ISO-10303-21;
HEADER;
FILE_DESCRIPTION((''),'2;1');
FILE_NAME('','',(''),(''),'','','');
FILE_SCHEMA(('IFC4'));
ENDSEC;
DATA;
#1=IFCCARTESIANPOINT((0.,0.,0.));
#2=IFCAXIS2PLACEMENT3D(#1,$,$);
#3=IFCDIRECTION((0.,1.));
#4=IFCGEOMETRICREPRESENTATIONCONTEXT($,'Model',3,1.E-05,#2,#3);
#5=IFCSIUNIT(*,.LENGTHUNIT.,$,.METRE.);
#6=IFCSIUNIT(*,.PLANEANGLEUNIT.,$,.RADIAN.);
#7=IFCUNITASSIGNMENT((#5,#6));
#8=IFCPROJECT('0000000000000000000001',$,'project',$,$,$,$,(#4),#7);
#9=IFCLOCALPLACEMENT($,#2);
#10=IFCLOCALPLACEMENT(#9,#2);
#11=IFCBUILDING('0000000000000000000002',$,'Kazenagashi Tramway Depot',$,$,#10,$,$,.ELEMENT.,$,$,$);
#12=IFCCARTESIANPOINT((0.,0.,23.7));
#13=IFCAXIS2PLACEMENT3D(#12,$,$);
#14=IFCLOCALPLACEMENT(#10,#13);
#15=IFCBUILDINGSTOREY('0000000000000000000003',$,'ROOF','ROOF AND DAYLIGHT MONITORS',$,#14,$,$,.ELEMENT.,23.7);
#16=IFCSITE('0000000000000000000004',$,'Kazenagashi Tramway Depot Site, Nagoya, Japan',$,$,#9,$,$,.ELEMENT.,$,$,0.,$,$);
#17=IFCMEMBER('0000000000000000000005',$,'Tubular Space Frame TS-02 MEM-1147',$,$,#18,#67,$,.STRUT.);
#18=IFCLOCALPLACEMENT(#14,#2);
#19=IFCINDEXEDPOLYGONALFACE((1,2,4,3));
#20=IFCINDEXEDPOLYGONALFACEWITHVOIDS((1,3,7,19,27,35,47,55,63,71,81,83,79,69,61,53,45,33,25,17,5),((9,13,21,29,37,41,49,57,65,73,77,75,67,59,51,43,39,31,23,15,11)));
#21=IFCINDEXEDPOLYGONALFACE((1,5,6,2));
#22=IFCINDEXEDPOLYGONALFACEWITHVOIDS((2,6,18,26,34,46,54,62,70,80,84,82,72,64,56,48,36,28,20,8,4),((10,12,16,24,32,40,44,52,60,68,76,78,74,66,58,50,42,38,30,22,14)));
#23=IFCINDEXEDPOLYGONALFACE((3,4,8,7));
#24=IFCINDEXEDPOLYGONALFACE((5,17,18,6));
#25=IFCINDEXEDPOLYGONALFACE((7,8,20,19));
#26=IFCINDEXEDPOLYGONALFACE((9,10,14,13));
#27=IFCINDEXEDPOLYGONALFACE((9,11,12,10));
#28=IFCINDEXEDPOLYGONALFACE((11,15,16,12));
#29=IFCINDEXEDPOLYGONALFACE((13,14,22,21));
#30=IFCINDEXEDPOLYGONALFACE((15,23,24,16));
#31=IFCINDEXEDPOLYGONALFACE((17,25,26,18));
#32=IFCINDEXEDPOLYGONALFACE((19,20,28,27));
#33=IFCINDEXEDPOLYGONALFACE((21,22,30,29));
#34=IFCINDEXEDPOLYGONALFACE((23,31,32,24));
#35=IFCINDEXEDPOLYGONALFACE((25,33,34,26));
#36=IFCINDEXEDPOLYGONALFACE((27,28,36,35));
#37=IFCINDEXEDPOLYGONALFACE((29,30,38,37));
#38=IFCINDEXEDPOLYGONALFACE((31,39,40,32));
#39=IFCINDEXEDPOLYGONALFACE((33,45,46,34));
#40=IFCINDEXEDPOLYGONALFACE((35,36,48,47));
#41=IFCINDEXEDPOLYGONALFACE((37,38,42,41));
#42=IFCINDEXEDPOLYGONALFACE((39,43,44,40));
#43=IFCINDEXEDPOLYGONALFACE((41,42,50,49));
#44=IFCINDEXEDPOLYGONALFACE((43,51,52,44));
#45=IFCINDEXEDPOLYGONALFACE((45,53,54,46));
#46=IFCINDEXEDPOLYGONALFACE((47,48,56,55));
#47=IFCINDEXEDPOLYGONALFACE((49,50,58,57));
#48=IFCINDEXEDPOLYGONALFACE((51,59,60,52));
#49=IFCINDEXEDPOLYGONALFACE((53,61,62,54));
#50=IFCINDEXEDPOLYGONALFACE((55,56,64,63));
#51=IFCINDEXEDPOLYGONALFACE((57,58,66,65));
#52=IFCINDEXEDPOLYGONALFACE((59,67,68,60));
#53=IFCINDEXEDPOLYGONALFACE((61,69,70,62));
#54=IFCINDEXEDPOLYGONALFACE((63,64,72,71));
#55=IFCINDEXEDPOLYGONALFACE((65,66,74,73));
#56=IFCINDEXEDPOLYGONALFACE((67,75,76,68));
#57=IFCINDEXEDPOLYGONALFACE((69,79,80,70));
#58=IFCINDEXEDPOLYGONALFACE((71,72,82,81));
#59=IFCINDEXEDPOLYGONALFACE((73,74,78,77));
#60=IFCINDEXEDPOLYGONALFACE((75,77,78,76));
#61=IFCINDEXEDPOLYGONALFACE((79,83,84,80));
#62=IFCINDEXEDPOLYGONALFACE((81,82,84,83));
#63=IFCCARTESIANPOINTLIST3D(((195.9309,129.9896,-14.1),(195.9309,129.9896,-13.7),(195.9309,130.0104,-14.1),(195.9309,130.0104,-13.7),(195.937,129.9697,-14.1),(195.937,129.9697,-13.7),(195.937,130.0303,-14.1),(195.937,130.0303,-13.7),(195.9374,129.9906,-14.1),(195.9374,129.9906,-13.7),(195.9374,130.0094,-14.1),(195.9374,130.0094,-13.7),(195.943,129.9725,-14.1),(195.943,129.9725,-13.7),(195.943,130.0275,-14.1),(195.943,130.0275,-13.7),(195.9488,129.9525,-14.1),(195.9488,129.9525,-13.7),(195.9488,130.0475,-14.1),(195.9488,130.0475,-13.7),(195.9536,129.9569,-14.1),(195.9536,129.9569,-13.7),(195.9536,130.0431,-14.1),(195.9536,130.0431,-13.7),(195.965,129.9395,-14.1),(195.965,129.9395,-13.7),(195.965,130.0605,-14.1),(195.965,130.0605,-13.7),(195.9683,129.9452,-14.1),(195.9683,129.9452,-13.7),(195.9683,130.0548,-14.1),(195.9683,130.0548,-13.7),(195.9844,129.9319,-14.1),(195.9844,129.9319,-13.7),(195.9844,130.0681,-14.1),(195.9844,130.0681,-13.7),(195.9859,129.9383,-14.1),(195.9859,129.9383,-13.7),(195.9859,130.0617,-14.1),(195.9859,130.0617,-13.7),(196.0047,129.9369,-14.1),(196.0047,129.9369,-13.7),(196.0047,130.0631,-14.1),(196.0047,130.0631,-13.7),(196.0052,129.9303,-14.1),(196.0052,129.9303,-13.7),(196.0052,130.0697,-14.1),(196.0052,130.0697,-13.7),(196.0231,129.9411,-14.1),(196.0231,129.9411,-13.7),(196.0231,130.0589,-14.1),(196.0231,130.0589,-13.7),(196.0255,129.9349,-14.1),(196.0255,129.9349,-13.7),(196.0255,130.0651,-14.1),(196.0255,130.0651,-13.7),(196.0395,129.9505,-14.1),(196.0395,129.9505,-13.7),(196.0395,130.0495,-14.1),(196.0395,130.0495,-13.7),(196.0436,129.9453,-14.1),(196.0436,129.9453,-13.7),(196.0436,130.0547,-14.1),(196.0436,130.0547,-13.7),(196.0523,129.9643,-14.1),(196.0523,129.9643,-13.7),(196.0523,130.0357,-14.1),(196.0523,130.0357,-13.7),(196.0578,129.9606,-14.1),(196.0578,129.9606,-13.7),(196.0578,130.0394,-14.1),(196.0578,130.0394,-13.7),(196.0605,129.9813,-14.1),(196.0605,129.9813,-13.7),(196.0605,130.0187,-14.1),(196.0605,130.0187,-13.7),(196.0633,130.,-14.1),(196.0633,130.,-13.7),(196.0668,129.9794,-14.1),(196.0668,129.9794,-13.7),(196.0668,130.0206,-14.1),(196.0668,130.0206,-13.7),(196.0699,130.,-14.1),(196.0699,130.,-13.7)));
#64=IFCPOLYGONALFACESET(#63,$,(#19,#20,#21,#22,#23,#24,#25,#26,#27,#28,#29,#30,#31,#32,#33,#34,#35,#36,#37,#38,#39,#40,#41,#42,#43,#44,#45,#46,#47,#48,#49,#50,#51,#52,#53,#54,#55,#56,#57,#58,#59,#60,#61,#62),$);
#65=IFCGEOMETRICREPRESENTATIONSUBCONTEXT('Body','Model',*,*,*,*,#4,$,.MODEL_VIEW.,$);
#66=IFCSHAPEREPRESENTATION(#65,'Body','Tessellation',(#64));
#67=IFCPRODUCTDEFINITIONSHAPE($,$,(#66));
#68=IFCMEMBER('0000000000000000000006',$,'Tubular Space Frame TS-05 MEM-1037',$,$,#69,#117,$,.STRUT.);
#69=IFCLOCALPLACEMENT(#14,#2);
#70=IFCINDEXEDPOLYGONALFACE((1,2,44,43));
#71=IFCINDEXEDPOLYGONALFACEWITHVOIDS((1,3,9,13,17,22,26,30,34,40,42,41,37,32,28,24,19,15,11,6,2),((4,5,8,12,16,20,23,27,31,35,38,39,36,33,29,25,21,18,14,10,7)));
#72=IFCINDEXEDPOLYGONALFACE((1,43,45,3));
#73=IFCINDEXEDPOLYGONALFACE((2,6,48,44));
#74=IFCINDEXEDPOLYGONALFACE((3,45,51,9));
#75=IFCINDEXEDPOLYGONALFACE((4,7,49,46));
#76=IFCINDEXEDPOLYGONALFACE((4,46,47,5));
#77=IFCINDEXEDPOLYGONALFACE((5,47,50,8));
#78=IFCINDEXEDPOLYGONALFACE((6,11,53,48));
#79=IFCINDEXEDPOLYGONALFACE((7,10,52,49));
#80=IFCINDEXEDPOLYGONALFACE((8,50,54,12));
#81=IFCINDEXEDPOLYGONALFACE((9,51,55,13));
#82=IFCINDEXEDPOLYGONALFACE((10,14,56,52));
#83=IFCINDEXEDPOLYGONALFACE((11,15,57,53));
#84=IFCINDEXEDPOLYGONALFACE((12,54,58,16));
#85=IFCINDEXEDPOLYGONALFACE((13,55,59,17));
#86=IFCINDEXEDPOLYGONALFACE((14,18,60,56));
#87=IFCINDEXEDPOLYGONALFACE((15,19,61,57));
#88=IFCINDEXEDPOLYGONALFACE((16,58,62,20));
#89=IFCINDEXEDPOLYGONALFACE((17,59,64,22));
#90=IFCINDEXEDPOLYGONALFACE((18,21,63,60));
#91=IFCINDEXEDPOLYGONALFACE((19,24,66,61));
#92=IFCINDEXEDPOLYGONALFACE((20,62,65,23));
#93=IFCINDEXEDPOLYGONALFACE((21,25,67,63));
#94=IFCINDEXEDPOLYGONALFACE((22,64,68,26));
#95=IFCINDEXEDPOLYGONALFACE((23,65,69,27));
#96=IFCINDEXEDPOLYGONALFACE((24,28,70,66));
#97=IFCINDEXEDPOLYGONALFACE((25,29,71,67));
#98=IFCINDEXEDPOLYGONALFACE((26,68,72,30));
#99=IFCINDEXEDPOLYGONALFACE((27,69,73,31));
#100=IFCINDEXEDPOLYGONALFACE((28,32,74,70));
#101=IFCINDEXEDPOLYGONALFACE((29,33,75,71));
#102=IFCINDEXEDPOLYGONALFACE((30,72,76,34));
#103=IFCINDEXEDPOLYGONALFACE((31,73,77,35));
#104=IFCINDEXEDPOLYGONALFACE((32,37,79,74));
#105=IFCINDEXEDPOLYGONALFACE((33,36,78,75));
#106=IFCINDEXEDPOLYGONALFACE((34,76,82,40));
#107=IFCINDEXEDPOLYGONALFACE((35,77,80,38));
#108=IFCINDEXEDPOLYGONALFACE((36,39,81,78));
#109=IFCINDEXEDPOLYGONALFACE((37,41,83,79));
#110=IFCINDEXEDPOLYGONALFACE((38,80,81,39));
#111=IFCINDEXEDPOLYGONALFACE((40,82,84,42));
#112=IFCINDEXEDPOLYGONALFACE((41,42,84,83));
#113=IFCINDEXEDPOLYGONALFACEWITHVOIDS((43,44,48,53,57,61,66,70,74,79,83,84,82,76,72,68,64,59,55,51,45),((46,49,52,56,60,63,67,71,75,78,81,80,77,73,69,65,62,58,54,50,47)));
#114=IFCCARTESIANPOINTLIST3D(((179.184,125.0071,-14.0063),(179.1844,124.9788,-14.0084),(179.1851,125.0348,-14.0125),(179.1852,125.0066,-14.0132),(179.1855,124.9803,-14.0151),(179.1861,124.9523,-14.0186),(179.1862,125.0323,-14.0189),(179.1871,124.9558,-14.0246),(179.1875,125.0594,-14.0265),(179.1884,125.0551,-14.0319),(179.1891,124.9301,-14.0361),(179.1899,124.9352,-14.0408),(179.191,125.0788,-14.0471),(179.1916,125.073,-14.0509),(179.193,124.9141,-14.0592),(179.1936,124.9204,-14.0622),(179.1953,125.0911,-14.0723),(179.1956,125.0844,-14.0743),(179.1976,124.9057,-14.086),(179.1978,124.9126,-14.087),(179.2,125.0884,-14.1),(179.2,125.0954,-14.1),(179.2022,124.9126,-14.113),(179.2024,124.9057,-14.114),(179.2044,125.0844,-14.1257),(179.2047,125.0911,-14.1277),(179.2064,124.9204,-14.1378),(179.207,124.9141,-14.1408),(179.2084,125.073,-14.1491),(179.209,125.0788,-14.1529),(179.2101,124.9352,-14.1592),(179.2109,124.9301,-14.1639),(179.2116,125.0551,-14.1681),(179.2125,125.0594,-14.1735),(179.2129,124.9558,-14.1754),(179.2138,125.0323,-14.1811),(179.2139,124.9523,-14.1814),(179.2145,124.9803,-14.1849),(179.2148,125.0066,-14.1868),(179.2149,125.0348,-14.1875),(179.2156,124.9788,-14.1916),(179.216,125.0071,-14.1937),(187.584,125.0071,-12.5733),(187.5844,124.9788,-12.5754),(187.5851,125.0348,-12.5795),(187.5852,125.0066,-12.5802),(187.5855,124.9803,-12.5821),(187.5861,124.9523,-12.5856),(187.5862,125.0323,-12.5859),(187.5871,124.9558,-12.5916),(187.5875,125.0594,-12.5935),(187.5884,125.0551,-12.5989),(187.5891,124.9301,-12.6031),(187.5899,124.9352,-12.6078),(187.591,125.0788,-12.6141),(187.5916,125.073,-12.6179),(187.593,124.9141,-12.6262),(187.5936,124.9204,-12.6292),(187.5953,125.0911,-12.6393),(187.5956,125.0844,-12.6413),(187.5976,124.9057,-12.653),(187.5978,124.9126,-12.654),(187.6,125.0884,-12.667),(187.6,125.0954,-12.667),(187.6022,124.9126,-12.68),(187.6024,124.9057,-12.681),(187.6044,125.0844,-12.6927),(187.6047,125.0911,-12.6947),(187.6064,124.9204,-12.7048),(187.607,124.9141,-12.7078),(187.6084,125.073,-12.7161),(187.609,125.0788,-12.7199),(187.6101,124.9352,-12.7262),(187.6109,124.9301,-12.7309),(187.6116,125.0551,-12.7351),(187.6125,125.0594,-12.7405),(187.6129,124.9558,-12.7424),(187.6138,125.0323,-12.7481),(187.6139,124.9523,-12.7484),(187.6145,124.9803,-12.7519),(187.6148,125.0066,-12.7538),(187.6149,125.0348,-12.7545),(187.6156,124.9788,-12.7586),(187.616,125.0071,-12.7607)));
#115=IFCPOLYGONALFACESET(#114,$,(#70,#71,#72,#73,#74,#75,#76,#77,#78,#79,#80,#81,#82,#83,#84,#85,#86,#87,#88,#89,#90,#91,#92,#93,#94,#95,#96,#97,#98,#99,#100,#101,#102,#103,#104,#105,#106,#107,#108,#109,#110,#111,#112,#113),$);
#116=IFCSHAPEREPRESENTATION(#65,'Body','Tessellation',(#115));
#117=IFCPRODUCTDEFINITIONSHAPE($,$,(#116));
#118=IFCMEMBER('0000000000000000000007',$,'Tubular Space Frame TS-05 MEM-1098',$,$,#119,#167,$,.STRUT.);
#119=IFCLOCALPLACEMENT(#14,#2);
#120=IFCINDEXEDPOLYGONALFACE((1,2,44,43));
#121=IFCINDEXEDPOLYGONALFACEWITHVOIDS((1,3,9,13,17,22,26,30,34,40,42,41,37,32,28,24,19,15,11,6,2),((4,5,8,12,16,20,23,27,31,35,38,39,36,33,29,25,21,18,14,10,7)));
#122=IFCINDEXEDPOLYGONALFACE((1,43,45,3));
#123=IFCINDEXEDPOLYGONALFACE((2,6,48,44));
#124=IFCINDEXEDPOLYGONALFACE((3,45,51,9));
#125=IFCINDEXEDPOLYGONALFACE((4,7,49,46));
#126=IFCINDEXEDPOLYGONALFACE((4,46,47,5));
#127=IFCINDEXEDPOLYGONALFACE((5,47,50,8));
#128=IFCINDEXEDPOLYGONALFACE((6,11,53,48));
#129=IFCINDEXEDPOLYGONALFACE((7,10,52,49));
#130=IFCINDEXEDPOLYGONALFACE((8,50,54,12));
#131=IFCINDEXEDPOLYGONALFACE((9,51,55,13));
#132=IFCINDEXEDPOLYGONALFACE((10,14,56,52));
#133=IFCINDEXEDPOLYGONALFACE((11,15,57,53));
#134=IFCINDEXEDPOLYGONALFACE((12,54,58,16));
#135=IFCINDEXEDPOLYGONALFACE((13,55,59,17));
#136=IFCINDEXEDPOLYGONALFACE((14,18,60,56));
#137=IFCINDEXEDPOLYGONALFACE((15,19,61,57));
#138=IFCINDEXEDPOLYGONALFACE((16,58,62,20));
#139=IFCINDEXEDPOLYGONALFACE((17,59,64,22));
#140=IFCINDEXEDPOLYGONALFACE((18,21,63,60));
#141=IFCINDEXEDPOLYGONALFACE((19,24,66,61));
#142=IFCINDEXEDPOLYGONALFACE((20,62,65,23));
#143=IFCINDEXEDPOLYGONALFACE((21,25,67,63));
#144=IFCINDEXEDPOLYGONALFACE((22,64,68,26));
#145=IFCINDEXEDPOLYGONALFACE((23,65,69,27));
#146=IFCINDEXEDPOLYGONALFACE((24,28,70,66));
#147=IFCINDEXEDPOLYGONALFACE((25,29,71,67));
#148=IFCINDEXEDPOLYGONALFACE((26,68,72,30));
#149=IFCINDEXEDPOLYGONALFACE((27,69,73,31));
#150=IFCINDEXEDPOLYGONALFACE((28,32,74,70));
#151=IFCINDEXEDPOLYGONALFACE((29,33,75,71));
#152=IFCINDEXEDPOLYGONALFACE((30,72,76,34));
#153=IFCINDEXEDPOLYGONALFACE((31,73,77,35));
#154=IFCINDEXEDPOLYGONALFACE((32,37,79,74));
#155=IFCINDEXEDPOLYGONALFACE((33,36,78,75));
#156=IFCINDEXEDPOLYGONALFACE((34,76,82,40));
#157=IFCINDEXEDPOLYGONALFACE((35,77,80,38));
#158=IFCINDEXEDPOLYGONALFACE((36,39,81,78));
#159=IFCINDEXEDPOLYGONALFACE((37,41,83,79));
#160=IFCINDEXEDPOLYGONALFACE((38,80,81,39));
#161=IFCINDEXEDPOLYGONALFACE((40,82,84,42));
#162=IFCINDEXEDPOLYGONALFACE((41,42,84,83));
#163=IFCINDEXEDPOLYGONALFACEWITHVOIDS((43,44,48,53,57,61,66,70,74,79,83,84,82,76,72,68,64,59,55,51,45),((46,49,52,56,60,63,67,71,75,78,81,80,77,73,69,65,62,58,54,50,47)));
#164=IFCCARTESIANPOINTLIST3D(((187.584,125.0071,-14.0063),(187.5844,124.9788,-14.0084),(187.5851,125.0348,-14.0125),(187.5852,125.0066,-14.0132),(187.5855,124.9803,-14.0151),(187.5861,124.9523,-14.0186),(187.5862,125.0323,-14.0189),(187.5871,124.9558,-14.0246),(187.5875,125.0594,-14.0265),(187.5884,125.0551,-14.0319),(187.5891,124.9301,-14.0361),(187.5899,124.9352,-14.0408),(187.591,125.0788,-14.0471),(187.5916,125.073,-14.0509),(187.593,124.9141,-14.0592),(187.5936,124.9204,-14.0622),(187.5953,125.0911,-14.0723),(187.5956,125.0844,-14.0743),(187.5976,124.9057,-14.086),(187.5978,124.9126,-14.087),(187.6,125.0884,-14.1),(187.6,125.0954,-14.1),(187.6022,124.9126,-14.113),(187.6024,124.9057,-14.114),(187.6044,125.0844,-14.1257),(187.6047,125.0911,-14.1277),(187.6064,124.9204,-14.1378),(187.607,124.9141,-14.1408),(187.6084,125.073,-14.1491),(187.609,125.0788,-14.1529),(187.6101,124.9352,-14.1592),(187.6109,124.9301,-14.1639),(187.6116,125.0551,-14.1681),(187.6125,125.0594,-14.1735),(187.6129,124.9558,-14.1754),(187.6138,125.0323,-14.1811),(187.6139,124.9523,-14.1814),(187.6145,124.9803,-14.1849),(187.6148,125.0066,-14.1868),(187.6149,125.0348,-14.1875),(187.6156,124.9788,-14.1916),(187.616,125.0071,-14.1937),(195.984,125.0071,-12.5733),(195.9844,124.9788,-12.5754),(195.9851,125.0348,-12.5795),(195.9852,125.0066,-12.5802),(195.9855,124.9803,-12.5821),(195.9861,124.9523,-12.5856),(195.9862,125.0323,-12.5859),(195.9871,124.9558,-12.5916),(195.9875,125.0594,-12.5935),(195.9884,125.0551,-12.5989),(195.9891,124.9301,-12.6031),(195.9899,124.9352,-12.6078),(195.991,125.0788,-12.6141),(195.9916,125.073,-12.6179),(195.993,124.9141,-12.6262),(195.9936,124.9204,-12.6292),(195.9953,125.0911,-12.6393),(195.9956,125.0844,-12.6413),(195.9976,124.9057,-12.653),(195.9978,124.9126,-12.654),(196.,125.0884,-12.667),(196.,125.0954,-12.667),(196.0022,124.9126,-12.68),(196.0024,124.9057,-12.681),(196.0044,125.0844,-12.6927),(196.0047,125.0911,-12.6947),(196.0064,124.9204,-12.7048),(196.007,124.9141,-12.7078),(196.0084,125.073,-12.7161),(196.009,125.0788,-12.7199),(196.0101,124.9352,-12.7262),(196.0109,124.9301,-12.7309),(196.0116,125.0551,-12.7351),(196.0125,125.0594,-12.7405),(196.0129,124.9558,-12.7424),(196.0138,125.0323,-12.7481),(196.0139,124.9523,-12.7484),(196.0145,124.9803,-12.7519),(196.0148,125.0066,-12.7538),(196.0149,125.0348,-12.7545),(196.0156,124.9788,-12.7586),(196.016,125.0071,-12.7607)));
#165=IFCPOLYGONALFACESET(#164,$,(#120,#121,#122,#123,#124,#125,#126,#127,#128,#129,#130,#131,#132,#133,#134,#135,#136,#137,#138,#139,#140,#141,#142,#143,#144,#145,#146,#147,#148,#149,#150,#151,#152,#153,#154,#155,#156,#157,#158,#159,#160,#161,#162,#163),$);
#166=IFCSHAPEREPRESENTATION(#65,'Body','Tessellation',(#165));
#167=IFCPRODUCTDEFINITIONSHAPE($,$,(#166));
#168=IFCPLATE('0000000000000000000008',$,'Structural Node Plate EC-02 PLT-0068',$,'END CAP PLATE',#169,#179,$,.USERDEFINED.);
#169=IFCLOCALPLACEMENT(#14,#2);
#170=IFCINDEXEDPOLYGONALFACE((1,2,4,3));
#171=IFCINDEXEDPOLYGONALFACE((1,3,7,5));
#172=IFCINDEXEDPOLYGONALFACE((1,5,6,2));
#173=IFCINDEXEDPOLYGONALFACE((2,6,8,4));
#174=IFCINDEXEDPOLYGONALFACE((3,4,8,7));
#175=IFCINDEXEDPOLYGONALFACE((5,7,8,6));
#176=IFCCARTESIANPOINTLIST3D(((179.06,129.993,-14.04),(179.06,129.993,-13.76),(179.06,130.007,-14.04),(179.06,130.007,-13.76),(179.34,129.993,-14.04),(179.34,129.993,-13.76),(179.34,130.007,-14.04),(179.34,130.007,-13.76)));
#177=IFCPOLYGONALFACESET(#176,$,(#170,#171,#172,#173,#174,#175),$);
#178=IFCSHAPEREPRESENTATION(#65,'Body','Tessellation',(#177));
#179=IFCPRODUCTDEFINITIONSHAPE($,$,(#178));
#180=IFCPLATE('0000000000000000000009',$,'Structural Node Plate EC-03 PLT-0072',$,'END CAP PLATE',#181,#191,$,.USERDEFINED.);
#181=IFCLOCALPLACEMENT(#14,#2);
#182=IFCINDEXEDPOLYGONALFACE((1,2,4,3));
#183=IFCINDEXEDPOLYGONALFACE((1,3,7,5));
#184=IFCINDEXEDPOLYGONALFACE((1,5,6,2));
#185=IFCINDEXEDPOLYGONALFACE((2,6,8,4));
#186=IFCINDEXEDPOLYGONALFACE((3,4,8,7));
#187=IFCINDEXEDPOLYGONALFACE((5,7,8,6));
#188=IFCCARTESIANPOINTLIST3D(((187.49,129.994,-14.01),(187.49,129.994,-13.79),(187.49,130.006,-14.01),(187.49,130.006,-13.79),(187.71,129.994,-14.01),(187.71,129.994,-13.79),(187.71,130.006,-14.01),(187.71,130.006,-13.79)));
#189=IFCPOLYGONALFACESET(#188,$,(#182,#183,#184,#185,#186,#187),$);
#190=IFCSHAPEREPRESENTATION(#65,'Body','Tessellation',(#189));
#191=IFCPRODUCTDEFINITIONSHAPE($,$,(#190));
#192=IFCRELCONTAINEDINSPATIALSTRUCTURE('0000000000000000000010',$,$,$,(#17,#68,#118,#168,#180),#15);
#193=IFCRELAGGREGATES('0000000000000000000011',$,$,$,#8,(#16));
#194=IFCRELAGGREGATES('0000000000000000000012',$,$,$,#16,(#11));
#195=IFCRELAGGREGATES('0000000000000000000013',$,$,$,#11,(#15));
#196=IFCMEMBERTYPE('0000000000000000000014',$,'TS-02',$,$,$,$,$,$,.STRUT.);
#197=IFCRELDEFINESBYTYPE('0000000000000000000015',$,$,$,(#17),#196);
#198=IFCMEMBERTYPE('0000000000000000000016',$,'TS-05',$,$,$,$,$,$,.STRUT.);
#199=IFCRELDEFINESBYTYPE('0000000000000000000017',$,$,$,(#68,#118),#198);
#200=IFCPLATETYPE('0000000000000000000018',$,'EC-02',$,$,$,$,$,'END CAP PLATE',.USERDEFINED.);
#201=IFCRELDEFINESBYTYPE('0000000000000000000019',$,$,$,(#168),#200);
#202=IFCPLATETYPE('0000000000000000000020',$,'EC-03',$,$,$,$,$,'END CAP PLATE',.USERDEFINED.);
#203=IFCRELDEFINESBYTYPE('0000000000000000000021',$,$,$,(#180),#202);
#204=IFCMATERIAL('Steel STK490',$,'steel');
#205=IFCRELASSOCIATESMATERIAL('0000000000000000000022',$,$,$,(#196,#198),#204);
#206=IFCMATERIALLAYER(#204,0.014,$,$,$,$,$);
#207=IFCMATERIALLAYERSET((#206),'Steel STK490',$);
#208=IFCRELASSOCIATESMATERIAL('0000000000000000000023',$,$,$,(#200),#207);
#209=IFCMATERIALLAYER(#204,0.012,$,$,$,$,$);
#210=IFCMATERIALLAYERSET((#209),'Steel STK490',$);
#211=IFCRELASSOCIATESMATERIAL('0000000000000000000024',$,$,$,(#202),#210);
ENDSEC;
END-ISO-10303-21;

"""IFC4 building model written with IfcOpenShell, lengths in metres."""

from ifc_helpers import new_model, si_unit, direction, frame, origin, origin_2d, place, context, subcontext, project, spatial, rectangle, hollow_circle, extrude, material, layer, layer_set, material_profile, profile_set, type_object, element, save


model = new_model("IFC4")

# Units and contexts
model_context = context("Model", 3, precision=1e-05, world=origin(), true_north=direction((0.0, 1.0)))
body_context = subcontext(model_context, "Body", "Model", "MODEL_VIEW")
ifc_project = project(units=[si_unit("LENGTHUNIT", "METRE"), si_unit("PLANEANGLEUNIT", "RADIAN")], contexts=[model_context])

# Site, building, storey
site_placement = place(None, origin())
site = spatial("IfcSite", under=ifc_project, at=site_placement, Name="Kazenagashi Tramway Depot Site, Nagoya, Japan", CompositionType="ELEMENT", RefElevation=0.0)
building_placement = place(site_placement, origin())
building = spatial("IfcBuilding", under=site, at=building_placement, Name="Kazenagashi Tramway Depot", CompositionType="ELEMENT")
storey_placement = place(building_placement, frame((0.0, 0.0, 23.7)))
storey = spatial("IfcBuildingStorey", under=building, at=storey_placement, Name="ROOF", Description="ROOF AND DAYLIGHT MONITORS", CompositionType="ELEMENT", Elevation=23.7)

# Members
ifc_material_1 = material(Name="Steel STK490", Category="steel")
ifc_material_profile_1 = material_profile(ifc_material_1, hollow_circle(Radius=0.0699, WallThickness=0.0066, at=origin_2d()), Name="CHS-139.8x6.6")
ifc_profile_set_1 = profile_set([ifc_material_profile_1], Name="Steel STK490")
member_type_1 = type_object("IfcMemberType", Name="TS-02", PredefinedType="STRUT", material=ifc_profile_set_1)
member_1_placement = place(storey_placement, frame((196.0, 130.0, -14.1), z_axis=(0.0, 0.0, 1.0), x_axis=(1.0, 0.0, 0.0)))
element("IfcMember", 1, at=member_1_placement, inside=storey, type_object=member_type_1, Name="Tubular Space Frame TS-02 MEM-1147", PredefinedType="STRUT", context=body_context, shape_type="SweptSolid", body=[
    extrude(hollow_circle(Radius=0.0699, WallThickness=0.0066, at=origin_2d()), origin(), (0.0, 0.0, 1.0), 0.4),
])
ifc_material_profile_2 = material_profile(ifc_material_1, hollow_circle(Radius=0.0954, WallThickness=0.007, at=origin_2d()), Name="CHS-190.7x7.0")
ifc_profile_set_2 = profile_set([ifc_material_profile_2], Name="Steel STK490")
member_type_2 = type_object("IfcMemberType", Name="TS-05", PredefinedType="STRUT", material=ifc_profile_set_2)
for number, where, z_axis, x_axis, name in (
    (2, (179.2, 125.0, -14.1), (0.985759, 0.0, 0.168166), (0.0, 1.0, 0.0), "Tubular Space Frame TS-05 MEM-1037"),
    (3, (187.6, 125.0, -14.1), (0.985759, 0.0, 0.168166), (0.0, 1.0, 0.0), "Tubular Space Frame TS-05 MEM-1098"),
):
    element("IfcMember", number, at=place(storey_placement, frame(where, z_axis=z_axis, x_axis=x_axis)), inside=storey, type_object=member_type_2, Name=name, PredefinedType="STRUT", context=body_context, shape_type="SweptSolid", body=[
        extrude(hollow_circle(Radius=0.0954, WallThickness=0.007, at=origin_2d()), origin(), (0.0, 0.0, 1.0), 8.5214),
    ])

# Plates
ifc_layer_1 = layer(ifc_material_1, 0.014)
ifc_layer_set_1 = layer_set([ifc_layer_1], Name="Steel STK490")
plate_type_1 = type_object("IfcPlateType", Name="EC-02", ElementType="END CAP PLATE", PredefinedType="USERDEFINED", material=ifc_layer_set_1)
plate_1_placement = place(storey_placement, frame((179.2, 130.0, -14.04), z_axis=(0.0, 0.0, 1.0), x_axis=(1.0, 0.0, 0.0)))
element("IfcPlate", 4, at=plate_1_placement, inside=storey, type_object=plate_type_1, Name="Structural Node Plate EC-02 PLT-0068", ObjectType="END CAP PLATE", PredefinedType="USERDEFINED", context=body_context, shape_type="SweptSolid", body=[
    extrude(rectangle(XDim=0.28, YDim=0.014, at=origin_2d()), origin(), (0.0, 0.0, 1.0), 0.28),
])
ifc_layer_2 = layer(ifc_material_1, 0.012)
ifc_layer_set_2 = layer_set([ifc_layer_2], Name="Steel STK490")
plate_type_2 = type_object("IfcPlateType", Name="EC-03", ElementType="END CAP PLATE", PredefinedType="USERDEFINED", material=ifc_layer_set_2)
plate_2_placement = place(storey_placement, frame((187.6, 130.0, -14.01), z_axis=(0.0, 0.0, 1.0), x_axis=(1.0, 0.0, 0.0)))
element("IfcPlate", 5, at=plate_2_placement, inside=storey, type_object=plate_type_2, Name="Structural Node Plate EC-03 PLT-0072", ObjectType="END CAP PLATE", PredefinedType="USERDEFINED", context=body_context, shape_type="SweptSolid", body=[
    extrude(rectangle(XDim=0.22, YDim=0.012, at=origin_2d()), origin(), (0.0, 0.0, 1.0), 0.22),
])

save(model, "model.ifc")
